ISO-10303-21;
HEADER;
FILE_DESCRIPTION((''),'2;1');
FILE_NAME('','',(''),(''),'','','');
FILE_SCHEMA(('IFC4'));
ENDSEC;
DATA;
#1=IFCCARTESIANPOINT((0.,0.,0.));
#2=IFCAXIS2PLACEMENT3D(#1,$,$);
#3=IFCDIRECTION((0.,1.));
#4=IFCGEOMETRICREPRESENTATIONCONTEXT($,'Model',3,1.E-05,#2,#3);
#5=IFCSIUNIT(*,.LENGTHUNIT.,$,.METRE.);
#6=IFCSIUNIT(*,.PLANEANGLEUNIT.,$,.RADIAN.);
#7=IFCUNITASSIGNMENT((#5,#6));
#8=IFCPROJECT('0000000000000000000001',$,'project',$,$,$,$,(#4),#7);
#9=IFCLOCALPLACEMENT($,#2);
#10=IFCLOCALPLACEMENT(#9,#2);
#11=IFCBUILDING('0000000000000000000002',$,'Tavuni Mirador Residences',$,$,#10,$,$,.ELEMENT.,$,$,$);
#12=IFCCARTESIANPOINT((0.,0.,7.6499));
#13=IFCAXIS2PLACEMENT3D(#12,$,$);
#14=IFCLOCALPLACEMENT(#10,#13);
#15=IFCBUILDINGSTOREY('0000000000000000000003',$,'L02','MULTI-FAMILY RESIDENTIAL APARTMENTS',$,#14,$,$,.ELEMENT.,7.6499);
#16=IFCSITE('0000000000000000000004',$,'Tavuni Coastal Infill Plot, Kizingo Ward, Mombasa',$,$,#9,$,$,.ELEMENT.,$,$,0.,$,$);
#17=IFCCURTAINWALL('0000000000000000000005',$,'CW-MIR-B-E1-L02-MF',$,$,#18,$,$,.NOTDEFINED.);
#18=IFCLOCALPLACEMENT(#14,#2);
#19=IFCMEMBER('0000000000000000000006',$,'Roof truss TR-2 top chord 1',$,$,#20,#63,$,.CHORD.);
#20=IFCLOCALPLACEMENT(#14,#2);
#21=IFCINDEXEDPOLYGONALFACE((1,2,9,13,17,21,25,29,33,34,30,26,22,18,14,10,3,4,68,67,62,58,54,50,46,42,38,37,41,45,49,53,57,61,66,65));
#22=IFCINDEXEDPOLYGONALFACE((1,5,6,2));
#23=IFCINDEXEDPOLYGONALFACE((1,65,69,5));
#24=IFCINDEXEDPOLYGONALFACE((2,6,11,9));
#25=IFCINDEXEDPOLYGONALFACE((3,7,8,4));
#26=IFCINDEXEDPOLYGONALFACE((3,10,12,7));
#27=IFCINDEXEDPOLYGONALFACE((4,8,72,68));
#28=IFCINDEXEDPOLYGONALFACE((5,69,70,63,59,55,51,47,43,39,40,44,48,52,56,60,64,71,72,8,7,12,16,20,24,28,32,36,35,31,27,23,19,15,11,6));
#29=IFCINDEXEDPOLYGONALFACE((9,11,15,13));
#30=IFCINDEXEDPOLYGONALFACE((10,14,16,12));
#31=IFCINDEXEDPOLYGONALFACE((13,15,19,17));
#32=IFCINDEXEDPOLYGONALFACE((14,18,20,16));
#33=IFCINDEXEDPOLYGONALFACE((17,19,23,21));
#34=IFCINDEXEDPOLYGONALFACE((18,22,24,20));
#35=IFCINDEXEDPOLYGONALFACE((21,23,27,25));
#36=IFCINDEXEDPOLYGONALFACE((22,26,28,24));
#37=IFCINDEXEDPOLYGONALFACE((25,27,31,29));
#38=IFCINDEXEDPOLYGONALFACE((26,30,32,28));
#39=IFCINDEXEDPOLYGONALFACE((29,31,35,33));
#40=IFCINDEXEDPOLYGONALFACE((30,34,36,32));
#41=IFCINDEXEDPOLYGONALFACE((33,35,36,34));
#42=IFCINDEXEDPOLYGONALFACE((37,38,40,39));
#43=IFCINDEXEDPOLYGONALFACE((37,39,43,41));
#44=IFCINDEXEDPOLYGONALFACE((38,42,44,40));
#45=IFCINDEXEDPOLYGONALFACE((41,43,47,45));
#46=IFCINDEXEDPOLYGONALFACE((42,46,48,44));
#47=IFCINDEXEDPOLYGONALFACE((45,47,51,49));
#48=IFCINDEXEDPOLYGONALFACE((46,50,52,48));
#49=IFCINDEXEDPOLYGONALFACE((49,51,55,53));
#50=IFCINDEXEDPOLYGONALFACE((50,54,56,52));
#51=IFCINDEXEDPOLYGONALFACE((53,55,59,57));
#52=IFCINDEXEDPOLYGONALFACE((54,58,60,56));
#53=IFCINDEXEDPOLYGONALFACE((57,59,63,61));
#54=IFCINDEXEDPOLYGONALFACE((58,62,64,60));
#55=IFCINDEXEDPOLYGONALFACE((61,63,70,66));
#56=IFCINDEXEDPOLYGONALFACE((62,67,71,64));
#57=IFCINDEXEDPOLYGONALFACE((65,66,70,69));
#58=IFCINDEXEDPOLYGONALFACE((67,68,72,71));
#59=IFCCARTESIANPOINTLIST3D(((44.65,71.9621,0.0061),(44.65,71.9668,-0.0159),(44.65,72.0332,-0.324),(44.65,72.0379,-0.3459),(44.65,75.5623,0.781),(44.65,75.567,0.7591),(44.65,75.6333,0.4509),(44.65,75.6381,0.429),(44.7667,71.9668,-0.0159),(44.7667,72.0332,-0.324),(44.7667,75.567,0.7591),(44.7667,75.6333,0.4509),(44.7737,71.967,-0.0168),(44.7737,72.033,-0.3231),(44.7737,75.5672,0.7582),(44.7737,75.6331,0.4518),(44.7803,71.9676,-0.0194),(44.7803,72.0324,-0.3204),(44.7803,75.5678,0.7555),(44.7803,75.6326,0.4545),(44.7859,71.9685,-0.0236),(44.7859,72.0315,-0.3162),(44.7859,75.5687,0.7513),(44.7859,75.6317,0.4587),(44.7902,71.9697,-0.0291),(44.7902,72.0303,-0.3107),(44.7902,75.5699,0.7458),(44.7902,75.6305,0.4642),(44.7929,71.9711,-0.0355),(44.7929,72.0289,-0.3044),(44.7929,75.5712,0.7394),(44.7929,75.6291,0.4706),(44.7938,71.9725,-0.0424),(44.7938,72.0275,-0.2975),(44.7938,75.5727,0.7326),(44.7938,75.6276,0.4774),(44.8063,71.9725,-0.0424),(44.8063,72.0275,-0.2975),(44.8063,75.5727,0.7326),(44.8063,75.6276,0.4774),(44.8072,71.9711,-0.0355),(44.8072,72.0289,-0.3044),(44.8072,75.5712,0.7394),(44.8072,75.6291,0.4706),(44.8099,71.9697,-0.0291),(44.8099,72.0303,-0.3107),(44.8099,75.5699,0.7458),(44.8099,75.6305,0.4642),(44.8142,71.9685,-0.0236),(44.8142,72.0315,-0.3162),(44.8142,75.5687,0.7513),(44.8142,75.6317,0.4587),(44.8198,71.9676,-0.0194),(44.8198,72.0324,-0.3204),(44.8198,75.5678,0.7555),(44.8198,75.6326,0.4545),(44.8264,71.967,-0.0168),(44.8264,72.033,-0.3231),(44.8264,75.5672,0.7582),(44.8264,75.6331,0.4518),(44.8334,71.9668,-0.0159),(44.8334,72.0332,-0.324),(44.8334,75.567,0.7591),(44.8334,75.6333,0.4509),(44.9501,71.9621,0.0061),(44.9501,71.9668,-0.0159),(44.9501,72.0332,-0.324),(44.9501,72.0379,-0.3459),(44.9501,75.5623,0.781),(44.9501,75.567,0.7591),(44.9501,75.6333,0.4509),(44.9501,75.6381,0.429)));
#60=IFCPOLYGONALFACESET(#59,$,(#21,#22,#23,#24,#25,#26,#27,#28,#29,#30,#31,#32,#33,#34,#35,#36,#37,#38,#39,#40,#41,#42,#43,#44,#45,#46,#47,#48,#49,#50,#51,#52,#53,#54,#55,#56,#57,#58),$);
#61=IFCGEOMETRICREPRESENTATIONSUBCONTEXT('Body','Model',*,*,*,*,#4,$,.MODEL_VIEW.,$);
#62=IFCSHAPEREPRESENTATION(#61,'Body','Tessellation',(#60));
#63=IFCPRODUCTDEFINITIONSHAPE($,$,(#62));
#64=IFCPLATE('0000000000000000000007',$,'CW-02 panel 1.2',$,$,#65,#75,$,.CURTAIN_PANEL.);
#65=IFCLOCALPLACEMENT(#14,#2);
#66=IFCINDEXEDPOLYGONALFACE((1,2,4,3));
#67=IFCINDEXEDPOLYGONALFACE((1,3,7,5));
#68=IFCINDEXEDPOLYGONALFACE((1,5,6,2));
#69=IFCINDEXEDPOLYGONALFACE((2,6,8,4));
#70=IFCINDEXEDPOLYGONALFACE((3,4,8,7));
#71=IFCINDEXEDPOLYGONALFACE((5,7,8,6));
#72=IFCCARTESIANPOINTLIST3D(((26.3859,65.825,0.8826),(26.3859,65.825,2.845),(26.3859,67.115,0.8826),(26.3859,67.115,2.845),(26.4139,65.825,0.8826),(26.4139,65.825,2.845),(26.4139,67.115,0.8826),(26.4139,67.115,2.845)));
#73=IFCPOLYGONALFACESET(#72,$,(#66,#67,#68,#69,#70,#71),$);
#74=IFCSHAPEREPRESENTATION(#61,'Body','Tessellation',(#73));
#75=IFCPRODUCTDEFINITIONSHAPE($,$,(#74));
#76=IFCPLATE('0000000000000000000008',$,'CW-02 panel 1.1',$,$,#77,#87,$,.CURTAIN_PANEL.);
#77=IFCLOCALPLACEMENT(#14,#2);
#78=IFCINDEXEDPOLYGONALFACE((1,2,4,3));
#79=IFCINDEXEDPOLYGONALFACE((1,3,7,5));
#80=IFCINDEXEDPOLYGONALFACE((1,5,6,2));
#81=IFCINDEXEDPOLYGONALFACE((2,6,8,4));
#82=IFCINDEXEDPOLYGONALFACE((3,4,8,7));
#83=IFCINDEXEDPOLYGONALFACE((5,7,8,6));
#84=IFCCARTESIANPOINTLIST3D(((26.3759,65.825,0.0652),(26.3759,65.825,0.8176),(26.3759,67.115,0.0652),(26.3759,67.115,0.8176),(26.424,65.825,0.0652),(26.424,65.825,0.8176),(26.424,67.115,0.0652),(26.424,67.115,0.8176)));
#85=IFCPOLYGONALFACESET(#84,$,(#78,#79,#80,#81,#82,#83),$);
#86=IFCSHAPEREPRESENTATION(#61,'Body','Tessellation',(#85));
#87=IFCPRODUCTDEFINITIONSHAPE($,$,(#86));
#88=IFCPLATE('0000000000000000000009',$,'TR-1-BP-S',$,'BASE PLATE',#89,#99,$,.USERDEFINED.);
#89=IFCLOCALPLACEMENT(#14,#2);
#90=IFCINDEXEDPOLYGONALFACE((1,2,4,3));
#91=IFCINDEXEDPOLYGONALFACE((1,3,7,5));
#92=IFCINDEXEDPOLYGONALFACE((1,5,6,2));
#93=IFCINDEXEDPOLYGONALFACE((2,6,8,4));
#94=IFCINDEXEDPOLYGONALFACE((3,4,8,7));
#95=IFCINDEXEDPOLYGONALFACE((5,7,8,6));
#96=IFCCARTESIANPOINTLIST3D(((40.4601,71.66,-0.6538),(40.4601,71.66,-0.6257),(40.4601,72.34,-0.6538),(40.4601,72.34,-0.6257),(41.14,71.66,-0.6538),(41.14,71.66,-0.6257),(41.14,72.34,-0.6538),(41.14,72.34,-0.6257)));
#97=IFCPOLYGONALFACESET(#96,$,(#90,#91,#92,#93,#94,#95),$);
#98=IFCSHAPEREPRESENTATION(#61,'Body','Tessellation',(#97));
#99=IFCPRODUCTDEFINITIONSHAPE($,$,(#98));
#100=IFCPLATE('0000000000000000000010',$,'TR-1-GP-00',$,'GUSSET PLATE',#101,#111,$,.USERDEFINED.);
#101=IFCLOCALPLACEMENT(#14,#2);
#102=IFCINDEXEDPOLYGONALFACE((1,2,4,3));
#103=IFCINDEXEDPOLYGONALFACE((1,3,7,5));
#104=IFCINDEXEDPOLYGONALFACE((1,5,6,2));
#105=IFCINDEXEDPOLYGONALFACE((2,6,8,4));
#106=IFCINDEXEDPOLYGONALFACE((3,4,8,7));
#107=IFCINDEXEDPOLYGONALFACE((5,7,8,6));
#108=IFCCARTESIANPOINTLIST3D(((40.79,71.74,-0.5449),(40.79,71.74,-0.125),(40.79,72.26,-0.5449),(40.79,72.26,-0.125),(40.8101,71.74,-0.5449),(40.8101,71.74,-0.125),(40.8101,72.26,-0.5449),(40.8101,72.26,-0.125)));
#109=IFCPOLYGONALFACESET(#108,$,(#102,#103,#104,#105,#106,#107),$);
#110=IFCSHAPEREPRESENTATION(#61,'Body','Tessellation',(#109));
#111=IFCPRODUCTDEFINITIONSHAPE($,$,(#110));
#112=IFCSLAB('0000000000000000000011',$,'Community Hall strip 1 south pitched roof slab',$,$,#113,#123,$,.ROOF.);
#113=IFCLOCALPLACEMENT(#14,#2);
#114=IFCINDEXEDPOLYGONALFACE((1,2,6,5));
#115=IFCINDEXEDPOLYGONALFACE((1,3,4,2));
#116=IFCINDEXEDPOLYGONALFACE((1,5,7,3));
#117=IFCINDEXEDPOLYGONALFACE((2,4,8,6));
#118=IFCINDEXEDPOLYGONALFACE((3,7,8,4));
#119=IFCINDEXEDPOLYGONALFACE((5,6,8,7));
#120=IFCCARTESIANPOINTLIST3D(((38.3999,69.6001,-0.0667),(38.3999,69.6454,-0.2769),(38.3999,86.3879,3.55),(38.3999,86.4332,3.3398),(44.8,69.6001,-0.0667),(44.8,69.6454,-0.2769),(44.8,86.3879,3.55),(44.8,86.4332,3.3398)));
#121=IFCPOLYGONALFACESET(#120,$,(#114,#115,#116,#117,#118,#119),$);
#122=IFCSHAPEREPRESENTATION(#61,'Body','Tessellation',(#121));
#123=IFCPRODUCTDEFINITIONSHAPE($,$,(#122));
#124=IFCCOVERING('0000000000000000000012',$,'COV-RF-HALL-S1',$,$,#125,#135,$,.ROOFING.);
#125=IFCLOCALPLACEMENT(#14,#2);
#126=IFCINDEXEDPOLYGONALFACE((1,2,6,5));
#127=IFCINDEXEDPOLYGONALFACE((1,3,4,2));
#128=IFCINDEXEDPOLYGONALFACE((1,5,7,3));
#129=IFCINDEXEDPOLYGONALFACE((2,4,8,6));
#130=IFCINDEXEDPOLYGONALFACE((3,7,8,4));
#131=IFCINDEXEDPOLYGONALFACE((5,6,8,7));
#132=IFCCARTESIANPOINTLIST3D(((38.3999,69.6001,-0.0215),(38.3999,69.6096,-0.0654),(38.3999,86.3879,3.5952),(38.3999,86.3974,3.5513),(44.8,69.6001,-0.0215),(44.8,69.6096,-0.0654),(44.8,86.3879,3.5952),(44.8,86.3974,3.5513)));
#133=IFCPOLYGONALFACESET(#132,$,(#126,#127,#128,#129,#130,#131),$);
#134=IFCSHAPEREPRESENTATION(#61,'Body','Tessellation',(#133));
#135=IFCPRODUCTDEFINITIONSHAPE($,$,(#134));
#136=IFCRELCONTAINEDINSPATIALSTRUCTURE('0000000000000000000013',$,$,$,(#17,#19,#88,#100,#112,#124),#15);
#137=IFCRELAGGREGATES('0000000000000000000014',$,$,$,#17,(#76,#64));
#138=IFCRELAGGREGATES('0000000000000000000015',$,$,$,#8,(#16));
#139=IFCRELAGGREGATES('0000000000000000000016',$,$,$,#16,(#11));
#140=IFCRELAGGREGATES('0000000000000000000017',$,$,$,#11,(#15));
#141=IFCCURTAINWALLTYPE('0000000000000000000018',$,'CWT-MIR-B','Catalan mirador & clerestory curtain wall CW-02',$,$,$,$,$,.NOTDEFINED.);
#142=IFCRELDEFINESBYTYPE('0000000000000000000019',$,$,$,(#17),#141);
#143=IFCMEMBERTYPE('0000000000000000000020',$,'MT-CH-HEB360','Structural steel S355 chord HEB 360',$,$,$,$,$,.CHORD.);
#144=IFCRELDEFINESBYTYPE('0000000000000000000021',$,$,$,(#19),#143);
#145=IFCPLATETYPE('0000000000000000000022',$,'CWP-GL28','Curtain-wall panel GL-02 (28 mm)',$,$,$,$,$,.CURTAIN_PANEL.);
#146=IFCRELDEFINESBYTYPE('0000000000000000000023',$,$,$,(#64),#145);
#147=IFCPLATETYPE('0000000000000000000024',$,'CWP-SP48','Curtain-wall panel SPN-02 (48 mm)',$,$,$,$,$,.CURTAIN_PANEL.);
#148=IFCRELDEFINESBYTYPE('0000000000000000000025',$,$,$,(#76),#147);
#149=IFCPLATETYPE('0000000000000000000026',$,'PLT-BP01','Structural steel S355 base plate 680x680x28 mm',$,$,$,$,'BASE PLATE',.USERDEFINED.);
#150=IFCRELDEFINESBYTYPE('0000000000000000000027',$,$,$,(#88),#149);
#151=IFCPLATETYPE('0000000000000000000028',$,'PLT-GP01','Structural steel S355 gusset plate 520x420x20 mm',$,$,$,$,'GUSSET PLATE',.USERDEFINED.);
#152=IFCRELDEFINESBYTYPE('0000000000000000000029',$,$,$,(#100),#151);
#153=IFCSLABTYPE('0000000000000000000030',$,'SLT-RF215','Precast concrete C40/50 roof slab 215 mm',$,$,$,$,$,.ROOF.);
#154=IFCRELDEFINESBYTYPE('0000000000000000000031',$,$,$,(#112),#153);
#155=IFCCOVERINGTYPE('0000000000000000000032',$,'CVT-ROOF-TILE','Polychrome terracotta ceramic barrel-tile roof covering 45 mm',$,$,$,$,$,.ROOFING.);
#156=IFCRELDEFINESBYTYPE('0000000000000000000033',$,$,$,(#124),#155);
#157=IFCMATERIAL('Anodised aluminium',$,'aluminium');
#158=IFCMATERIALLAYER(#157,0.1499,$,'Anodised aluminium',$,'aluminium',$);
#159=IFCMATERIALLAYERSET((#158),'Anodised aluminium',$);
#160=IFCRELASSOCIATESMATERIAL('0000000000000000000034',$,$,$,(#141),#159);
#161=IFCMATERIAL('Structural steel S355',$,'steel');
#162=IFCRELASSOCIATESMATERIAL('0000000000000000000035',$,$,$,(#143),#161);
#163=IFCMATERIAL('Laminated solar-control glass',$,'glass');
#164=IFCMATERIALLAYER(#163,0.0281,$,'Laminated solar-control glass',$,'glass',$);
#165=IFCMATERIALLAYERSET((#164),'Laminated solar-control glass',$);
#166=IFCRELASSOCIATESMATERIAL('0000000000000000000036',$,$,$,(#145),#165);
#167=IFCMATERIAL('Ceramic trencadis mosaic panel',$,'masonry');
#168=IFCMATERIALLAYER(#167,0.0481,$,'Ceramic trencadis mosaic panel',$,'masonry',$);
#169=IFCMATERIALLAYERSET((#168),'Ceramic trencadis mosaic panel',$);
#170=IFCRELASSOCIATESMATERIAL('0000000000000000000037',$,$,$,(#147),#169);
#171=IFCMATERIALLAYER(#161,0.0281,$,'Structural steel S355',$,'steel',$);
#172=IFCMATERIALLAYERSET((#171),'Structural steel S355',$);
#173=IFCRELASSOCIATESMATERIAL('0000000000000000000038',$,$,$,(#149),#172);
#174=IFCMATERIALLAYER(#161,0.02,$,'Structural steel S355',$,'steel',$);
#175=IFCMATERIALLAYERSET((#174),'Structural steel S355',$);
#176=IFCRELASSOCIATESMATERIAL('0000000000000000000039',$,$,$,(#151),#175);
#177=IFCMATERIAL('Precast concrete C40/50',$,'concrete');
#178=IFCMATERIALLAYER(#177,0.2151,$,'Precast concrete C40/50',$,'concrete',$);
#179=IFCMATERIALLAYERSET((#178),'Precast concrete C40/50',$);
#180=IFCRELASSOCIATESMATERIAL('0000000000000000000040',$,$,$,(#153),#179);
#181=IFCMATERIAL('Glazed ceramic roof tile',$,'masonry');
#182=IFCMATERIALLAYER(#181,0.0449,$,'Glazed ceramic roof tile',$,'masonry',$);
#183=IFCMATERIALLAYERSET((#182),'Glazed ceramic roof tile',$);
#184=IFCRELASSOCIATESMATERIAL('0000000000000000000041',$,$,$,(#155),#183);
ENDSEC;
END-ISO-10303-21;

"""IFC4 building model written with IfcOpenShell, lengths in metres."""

from ifc_helpers import new_model, si_unit, direction, frame, origin, origin_2d, place, context, subcontext, project, spatial, polyline, rectangle, i_section, outline, extrude, material, layer, layer_set, material_profile, profile_set, type_object, element, aggregate, save


model = new_model("IFC4")

# Units and contexts
model_context = context("Model", 3, precision=1e-05, world=origin(), true_north=direction((0.0, 1.0)))
body_context = subcontext(model_context, "Body", "Model", "MODEL_VIEW")
ifc_project = project(units=[si_unit("LENGTHUNIT", "METRE"), si_unit("PLANEANGLEUNIT", "RADIAN")], contexts=[model_context])

# Site, building, storey
site_placement = place(None, origin())
site = spatial("IfcSite", under=ifc_project, at=site_placement, Name="Tavuni Coastal Infill Plot, Kizingo Ward, Mombasa", CompositionType="ELEMENT", RefElevation=0.0)
building_placement = place(site_placement, origin())
building = spatial("IfcBuilding", under=site, at=building_placement, Name="Tavuni Mirador Residences", CompositionType="ELEMENT")
storey_placement = place(building_placement, frame((0.0, 0.0, 7.6499)))
storey = spatial("IfcBuildingStorey", under=building, at=storey_placement, Name="L02", Description="MULTI-FAMILY RESIDENTIAL APARTMENTS", CompositionType="ELEMENT", Elevation=7.6499)

# Shared definitions
ifc_material_1 = material(Name="Structural steel S355", Category="steel")

# Curtain wall
ifc_material_2 = material(Name="Anodised aluminium", Category="aluminium")
ifc_layer_1 = layer(ifc_material_2, 0.1499, Name="Anodised aluminium", Category="aluminium")
ifc_layer_set_1 = layer_set([ifc_layer_1], Name="Anodised aluminium")
curtain_wall_type = type_object("IfcCurtainWallType", Name="CWT-MIR-B", Description="Catalan mirador & clerestory curtain wall CW-02", PredefinedType="NOTDEFINED", material=ifc_layer_set_1)
curtain_wall_placement = place(storey_placement, origin())
curtain_wall = element("IfcCurtainWall", 1, at=curtain_wall_placement, inside=storey, type_object=curtain_wall_type, Name="CW-MIR-B-E1-L02-MF", PredefinedType="NOTDEFINED")

# Member
ifc_material_profile_1 = material_profile(ifc_material_1, i_section(OverallWidth=0.3, OverallDepth=0.3601, WebThickness=0.0125, FlangeThickness=0.0225, FilletRadius=0.0271, at=origin_2d()), Name="HEB 360", Category="steel")
ifc_profile_set_1 = profile_set([ifc_material_profile_1], Name="Structural steel S355")
member_type_1 = type_object("IfcMemberType", Name="MT-CH-HEB360", Description="Structural steel S355 chord HEB 360", PredefinedType="CHORD", material=ifc_profile_set_1)
member_1_placement = place(storey_placement, frame((44.8, 72.0, -0.1699), z_axis=(0.0, 0.97761, 0.210425), x_axis=(-1.0, 0.0, 0.0)))
element("IfcMember", 2, at=member_1_placement, inside=storey, type_object=member_type_1, Name="Roof truss TR-2 top chord 1", PredefinedType="CHORD", context=body_context, shape_type="SweptSolid", body=[
    extrude(i_section(OverallWidth=0.3, OverallDepth=0.3601, WebThickness=0.0125, FlangeThickness=0.0225, FilletRadius=0.0271, at=origin_2d()), origin(), (0.0, 0.0, 1.0), 3.6826),
])

# Plates
ifc_material_3 = material(Name="Laminated solar-control glass", Category="glass")
ifc_layer_2 = layer(ifc_material_3, 0.0281, Name="Laminated solar-control glass", Category="glass")
ifc_layer_set_2 = layer_set([ifc_layer_2], Name="Laminated solar-control glass")
plate_type_1 = type_object("IfcPlateType", Name="CWP-GL28", Description="Curtain-wall panel GL-02 (28 mm)", PredefinedType="CURTAIN_PANEL", material=ifc_layer_set_2)
plate_1_placement = place(storey_placement, frame((26.3999, 66.47, 0.8826), z_axis=(0.0, 0.0, 1.0), x_axis=(0.0, 1.0, 0.0)))
plate_1 = element("IfcPlate", 3, at=plate_1_placement, type_object=plate_type_1, Name="CW-02 panel 1.2", PredefinedType="CURTAIN_PANEL", context=body_context, shape_type="SweptSolid", body=[
    extrude(rectangle(XDim=1.29, YDim=0.0281, at=origin_2d()), origin(), (0.0, 0.0, 1.0), 1.9624),
])
ifc_material_4 = material(Name="Ceramic trencadis mosaic panel", Category="masonry")
ifc_layer_3 = layer(ifc_material_4, 0.0481, Name="Ceramic trencadis mosaic panel", Category="masonry")
ifc_layer_set_3 = layer_set([ifc_layer_3], Name="Ceramic trencadis mosaic panel")
plate_type_2 = type_object("IfcPlateType", Name="CWP-SP48", Description="Curtain-wall panel SPN-02 (48 mm)", PredefinedType="CURTAIN_PANEL", material=ifc_layer_set_3)
plate_2_placement = place(storey_placement, frame((26.3999, 66.47, 0.0652), z_axis=(0.0, 0.0, 1.0), x_axis=(0.0, 1.0, 0.0)))
plate_2 = element("IfcPlate", 4, at=plate_2_placement, type_object=plate_type_2, Name="CW-02 panel 1.1", PredefinedType="CURTAIN_PANEL", context=body_context, shape_type="SweptSolid", body=[
    extrude(rectangle(XDim=1.29, YDim=0.0481, at=origin_2d()), origin(), (0.0, 0.0, 1.0), 0.7524),
])
aggregate(curtain_wall, [plate_2, plate_1])

# Plates
ifc_layer_4 = layer(ifc_material_1, 0.0281, Name="Structural steel S355", Category="steel")
ifc_layer_set_4 = layer_set([ifc_layer_4], Name="Structural steel S355")
plate_type_3 = type_object("IfcPlateType", Name="PLT-BP01", Description="Structural steel S355 base plate 680x680x28 mm", ElementType="BASE PLATE", PredefinedType="USERDEFINED", material=ifc_layer_set_4)
plate_3_placement = place(storey_placement, frame((40.8, 72.0, -0.6538), z_axis=(0.0, 0.0, 1.0), x_axis=(1.0, 0.0, 0.0)))
element("IfcPlate", 5, at=plate_3_placement, inside=storey, type_object=plate_type_3, Name="TR-1-BP-S", ObjectType="BASE PLATE", PredefinedType="USERDEFINED", context=body_context, shape_type="SweptSolid", body=[
    extrude(rectangle(XDim=0.6799, YDim=0.6799, at=origin_2d()), origin(), (0.0, 0.0, 1.0), 0.0281),
])
ifc_layer_5 = layer(ifc_material_1, 0.02, Name="Structural steel S355", Category="steel")
ifc_layer_set_5 = layer_set([ifc_layer_5], Name="Structural steel S355")
plate_type_4 = type_object("IfcPlateType", Name="PLT-GP01", Description="Structural steel S355 gusset plate 520x420x20 mm", ElementType="GUSSET PLATE", PredefinedType="USERDEFINED", material=ifc_layer_set_5)
plate_4_placement = place(storey_placement, frame((40.8, 72.0, -0.5449), z_axis=(0.0, 0.0, 1.0), x_axis=(0.0, 1.0, 0.0)))
element("IfcPlate", 6, at=plate_4_placement, inside=storey, type_object=plate_type_4, Name="TR-1-GP-00", ObjectType="GUSSET PLATE", PredefinedType="USERDEFINED", context=body_context, shape_type="SweptSolid", body=[
    extrude(rectangle(XDim=0.52, YDim=0.02, at=origin_2d()), origin(), (0.0, 0.0, 1.0), 0.4199),
])

# Slab
ifc_material_5 = material(Name="Precast concrete C40/50", Category="concrete")
ifc_layer_6 = layer(ifc_material_5, 0.2151, Name="Precast concrete C40/50", Category="concrete")
ifc_layer_set_6 = layer_set([ifc_layer_6], Name="Precast concrete C40/50")
slab_type = type_object("IfcSlabType", Name="SLT-RF215", Description="Precast concrete C40/50 roof slab 215 mm", PredefinedType="ROOF", material=ifc_layer_set_6)
slab_placement = place(storey_placement, frame((38.3999, 69.6001, -0.0667), z_axis=(0.0, -0.210604, 0.977572), x_axis=(1.0, 0.0, 0.0)))
element("IfcSlab", 7, at=slab_placement, inside=storey, type_object=slab_type, Name="Community Hall strip 1 south pitched roof slab", PredefinedType="ROOF", context=body_context, shape_type="SweptSolid", body=[
    extrude(outline(polyline([(0.0, 0.0), (6.4001, 0.0), (6.4001, 17.173), (0.0, 17.173), (0.0, 0.0)])), origin(), (0.0, 0.0, -1.0), 0.2151),
])

# Covering
ifc_material_6 = material(Name="Glazed ceramic roof tile", Category="masonry")
ifc_layer_7 = layer(ifc_material_6, 0.0449, Name="Glazed ceramic roof tile", Category="masonry")
ifc_layer_set_7 = layer_set([ifc_layer_7], Name="Glazed ceramic roof tile")
covering_type = type_object("IfcCoveringType", Name="CVT-ROOF-TILE", Description="Polychrome terracotta ceramic barrel-tile roof covering 45 mm", PredefinedType="ROOFING", material=ifc_layer_set_7)
covering_placement = place(storey_placement, frame((38.3999, 69.6001, -0.0215), z_axis=(0.0, -0.210604, 0.977572), x_axis=(1.0, 0.0, 0.0)))
element("IfcCovering", 8, at=covering_placement, inside=storey, type_object=covering_type, Name="COV-RF-HALL-S1", PredefinedType="ROOFING", context=body_context, shape_type="SweptSolid", body=[
    extrude(outline(polyline([(0.0, 0.0), (6.4001, 0.0), (6.4001, 17.173), (0.0, 17.173), (0.0, 0.0)])), origin(), (0.0, 0.0, -1.0), 0.0449),
])

save(model, "model.ifc")
